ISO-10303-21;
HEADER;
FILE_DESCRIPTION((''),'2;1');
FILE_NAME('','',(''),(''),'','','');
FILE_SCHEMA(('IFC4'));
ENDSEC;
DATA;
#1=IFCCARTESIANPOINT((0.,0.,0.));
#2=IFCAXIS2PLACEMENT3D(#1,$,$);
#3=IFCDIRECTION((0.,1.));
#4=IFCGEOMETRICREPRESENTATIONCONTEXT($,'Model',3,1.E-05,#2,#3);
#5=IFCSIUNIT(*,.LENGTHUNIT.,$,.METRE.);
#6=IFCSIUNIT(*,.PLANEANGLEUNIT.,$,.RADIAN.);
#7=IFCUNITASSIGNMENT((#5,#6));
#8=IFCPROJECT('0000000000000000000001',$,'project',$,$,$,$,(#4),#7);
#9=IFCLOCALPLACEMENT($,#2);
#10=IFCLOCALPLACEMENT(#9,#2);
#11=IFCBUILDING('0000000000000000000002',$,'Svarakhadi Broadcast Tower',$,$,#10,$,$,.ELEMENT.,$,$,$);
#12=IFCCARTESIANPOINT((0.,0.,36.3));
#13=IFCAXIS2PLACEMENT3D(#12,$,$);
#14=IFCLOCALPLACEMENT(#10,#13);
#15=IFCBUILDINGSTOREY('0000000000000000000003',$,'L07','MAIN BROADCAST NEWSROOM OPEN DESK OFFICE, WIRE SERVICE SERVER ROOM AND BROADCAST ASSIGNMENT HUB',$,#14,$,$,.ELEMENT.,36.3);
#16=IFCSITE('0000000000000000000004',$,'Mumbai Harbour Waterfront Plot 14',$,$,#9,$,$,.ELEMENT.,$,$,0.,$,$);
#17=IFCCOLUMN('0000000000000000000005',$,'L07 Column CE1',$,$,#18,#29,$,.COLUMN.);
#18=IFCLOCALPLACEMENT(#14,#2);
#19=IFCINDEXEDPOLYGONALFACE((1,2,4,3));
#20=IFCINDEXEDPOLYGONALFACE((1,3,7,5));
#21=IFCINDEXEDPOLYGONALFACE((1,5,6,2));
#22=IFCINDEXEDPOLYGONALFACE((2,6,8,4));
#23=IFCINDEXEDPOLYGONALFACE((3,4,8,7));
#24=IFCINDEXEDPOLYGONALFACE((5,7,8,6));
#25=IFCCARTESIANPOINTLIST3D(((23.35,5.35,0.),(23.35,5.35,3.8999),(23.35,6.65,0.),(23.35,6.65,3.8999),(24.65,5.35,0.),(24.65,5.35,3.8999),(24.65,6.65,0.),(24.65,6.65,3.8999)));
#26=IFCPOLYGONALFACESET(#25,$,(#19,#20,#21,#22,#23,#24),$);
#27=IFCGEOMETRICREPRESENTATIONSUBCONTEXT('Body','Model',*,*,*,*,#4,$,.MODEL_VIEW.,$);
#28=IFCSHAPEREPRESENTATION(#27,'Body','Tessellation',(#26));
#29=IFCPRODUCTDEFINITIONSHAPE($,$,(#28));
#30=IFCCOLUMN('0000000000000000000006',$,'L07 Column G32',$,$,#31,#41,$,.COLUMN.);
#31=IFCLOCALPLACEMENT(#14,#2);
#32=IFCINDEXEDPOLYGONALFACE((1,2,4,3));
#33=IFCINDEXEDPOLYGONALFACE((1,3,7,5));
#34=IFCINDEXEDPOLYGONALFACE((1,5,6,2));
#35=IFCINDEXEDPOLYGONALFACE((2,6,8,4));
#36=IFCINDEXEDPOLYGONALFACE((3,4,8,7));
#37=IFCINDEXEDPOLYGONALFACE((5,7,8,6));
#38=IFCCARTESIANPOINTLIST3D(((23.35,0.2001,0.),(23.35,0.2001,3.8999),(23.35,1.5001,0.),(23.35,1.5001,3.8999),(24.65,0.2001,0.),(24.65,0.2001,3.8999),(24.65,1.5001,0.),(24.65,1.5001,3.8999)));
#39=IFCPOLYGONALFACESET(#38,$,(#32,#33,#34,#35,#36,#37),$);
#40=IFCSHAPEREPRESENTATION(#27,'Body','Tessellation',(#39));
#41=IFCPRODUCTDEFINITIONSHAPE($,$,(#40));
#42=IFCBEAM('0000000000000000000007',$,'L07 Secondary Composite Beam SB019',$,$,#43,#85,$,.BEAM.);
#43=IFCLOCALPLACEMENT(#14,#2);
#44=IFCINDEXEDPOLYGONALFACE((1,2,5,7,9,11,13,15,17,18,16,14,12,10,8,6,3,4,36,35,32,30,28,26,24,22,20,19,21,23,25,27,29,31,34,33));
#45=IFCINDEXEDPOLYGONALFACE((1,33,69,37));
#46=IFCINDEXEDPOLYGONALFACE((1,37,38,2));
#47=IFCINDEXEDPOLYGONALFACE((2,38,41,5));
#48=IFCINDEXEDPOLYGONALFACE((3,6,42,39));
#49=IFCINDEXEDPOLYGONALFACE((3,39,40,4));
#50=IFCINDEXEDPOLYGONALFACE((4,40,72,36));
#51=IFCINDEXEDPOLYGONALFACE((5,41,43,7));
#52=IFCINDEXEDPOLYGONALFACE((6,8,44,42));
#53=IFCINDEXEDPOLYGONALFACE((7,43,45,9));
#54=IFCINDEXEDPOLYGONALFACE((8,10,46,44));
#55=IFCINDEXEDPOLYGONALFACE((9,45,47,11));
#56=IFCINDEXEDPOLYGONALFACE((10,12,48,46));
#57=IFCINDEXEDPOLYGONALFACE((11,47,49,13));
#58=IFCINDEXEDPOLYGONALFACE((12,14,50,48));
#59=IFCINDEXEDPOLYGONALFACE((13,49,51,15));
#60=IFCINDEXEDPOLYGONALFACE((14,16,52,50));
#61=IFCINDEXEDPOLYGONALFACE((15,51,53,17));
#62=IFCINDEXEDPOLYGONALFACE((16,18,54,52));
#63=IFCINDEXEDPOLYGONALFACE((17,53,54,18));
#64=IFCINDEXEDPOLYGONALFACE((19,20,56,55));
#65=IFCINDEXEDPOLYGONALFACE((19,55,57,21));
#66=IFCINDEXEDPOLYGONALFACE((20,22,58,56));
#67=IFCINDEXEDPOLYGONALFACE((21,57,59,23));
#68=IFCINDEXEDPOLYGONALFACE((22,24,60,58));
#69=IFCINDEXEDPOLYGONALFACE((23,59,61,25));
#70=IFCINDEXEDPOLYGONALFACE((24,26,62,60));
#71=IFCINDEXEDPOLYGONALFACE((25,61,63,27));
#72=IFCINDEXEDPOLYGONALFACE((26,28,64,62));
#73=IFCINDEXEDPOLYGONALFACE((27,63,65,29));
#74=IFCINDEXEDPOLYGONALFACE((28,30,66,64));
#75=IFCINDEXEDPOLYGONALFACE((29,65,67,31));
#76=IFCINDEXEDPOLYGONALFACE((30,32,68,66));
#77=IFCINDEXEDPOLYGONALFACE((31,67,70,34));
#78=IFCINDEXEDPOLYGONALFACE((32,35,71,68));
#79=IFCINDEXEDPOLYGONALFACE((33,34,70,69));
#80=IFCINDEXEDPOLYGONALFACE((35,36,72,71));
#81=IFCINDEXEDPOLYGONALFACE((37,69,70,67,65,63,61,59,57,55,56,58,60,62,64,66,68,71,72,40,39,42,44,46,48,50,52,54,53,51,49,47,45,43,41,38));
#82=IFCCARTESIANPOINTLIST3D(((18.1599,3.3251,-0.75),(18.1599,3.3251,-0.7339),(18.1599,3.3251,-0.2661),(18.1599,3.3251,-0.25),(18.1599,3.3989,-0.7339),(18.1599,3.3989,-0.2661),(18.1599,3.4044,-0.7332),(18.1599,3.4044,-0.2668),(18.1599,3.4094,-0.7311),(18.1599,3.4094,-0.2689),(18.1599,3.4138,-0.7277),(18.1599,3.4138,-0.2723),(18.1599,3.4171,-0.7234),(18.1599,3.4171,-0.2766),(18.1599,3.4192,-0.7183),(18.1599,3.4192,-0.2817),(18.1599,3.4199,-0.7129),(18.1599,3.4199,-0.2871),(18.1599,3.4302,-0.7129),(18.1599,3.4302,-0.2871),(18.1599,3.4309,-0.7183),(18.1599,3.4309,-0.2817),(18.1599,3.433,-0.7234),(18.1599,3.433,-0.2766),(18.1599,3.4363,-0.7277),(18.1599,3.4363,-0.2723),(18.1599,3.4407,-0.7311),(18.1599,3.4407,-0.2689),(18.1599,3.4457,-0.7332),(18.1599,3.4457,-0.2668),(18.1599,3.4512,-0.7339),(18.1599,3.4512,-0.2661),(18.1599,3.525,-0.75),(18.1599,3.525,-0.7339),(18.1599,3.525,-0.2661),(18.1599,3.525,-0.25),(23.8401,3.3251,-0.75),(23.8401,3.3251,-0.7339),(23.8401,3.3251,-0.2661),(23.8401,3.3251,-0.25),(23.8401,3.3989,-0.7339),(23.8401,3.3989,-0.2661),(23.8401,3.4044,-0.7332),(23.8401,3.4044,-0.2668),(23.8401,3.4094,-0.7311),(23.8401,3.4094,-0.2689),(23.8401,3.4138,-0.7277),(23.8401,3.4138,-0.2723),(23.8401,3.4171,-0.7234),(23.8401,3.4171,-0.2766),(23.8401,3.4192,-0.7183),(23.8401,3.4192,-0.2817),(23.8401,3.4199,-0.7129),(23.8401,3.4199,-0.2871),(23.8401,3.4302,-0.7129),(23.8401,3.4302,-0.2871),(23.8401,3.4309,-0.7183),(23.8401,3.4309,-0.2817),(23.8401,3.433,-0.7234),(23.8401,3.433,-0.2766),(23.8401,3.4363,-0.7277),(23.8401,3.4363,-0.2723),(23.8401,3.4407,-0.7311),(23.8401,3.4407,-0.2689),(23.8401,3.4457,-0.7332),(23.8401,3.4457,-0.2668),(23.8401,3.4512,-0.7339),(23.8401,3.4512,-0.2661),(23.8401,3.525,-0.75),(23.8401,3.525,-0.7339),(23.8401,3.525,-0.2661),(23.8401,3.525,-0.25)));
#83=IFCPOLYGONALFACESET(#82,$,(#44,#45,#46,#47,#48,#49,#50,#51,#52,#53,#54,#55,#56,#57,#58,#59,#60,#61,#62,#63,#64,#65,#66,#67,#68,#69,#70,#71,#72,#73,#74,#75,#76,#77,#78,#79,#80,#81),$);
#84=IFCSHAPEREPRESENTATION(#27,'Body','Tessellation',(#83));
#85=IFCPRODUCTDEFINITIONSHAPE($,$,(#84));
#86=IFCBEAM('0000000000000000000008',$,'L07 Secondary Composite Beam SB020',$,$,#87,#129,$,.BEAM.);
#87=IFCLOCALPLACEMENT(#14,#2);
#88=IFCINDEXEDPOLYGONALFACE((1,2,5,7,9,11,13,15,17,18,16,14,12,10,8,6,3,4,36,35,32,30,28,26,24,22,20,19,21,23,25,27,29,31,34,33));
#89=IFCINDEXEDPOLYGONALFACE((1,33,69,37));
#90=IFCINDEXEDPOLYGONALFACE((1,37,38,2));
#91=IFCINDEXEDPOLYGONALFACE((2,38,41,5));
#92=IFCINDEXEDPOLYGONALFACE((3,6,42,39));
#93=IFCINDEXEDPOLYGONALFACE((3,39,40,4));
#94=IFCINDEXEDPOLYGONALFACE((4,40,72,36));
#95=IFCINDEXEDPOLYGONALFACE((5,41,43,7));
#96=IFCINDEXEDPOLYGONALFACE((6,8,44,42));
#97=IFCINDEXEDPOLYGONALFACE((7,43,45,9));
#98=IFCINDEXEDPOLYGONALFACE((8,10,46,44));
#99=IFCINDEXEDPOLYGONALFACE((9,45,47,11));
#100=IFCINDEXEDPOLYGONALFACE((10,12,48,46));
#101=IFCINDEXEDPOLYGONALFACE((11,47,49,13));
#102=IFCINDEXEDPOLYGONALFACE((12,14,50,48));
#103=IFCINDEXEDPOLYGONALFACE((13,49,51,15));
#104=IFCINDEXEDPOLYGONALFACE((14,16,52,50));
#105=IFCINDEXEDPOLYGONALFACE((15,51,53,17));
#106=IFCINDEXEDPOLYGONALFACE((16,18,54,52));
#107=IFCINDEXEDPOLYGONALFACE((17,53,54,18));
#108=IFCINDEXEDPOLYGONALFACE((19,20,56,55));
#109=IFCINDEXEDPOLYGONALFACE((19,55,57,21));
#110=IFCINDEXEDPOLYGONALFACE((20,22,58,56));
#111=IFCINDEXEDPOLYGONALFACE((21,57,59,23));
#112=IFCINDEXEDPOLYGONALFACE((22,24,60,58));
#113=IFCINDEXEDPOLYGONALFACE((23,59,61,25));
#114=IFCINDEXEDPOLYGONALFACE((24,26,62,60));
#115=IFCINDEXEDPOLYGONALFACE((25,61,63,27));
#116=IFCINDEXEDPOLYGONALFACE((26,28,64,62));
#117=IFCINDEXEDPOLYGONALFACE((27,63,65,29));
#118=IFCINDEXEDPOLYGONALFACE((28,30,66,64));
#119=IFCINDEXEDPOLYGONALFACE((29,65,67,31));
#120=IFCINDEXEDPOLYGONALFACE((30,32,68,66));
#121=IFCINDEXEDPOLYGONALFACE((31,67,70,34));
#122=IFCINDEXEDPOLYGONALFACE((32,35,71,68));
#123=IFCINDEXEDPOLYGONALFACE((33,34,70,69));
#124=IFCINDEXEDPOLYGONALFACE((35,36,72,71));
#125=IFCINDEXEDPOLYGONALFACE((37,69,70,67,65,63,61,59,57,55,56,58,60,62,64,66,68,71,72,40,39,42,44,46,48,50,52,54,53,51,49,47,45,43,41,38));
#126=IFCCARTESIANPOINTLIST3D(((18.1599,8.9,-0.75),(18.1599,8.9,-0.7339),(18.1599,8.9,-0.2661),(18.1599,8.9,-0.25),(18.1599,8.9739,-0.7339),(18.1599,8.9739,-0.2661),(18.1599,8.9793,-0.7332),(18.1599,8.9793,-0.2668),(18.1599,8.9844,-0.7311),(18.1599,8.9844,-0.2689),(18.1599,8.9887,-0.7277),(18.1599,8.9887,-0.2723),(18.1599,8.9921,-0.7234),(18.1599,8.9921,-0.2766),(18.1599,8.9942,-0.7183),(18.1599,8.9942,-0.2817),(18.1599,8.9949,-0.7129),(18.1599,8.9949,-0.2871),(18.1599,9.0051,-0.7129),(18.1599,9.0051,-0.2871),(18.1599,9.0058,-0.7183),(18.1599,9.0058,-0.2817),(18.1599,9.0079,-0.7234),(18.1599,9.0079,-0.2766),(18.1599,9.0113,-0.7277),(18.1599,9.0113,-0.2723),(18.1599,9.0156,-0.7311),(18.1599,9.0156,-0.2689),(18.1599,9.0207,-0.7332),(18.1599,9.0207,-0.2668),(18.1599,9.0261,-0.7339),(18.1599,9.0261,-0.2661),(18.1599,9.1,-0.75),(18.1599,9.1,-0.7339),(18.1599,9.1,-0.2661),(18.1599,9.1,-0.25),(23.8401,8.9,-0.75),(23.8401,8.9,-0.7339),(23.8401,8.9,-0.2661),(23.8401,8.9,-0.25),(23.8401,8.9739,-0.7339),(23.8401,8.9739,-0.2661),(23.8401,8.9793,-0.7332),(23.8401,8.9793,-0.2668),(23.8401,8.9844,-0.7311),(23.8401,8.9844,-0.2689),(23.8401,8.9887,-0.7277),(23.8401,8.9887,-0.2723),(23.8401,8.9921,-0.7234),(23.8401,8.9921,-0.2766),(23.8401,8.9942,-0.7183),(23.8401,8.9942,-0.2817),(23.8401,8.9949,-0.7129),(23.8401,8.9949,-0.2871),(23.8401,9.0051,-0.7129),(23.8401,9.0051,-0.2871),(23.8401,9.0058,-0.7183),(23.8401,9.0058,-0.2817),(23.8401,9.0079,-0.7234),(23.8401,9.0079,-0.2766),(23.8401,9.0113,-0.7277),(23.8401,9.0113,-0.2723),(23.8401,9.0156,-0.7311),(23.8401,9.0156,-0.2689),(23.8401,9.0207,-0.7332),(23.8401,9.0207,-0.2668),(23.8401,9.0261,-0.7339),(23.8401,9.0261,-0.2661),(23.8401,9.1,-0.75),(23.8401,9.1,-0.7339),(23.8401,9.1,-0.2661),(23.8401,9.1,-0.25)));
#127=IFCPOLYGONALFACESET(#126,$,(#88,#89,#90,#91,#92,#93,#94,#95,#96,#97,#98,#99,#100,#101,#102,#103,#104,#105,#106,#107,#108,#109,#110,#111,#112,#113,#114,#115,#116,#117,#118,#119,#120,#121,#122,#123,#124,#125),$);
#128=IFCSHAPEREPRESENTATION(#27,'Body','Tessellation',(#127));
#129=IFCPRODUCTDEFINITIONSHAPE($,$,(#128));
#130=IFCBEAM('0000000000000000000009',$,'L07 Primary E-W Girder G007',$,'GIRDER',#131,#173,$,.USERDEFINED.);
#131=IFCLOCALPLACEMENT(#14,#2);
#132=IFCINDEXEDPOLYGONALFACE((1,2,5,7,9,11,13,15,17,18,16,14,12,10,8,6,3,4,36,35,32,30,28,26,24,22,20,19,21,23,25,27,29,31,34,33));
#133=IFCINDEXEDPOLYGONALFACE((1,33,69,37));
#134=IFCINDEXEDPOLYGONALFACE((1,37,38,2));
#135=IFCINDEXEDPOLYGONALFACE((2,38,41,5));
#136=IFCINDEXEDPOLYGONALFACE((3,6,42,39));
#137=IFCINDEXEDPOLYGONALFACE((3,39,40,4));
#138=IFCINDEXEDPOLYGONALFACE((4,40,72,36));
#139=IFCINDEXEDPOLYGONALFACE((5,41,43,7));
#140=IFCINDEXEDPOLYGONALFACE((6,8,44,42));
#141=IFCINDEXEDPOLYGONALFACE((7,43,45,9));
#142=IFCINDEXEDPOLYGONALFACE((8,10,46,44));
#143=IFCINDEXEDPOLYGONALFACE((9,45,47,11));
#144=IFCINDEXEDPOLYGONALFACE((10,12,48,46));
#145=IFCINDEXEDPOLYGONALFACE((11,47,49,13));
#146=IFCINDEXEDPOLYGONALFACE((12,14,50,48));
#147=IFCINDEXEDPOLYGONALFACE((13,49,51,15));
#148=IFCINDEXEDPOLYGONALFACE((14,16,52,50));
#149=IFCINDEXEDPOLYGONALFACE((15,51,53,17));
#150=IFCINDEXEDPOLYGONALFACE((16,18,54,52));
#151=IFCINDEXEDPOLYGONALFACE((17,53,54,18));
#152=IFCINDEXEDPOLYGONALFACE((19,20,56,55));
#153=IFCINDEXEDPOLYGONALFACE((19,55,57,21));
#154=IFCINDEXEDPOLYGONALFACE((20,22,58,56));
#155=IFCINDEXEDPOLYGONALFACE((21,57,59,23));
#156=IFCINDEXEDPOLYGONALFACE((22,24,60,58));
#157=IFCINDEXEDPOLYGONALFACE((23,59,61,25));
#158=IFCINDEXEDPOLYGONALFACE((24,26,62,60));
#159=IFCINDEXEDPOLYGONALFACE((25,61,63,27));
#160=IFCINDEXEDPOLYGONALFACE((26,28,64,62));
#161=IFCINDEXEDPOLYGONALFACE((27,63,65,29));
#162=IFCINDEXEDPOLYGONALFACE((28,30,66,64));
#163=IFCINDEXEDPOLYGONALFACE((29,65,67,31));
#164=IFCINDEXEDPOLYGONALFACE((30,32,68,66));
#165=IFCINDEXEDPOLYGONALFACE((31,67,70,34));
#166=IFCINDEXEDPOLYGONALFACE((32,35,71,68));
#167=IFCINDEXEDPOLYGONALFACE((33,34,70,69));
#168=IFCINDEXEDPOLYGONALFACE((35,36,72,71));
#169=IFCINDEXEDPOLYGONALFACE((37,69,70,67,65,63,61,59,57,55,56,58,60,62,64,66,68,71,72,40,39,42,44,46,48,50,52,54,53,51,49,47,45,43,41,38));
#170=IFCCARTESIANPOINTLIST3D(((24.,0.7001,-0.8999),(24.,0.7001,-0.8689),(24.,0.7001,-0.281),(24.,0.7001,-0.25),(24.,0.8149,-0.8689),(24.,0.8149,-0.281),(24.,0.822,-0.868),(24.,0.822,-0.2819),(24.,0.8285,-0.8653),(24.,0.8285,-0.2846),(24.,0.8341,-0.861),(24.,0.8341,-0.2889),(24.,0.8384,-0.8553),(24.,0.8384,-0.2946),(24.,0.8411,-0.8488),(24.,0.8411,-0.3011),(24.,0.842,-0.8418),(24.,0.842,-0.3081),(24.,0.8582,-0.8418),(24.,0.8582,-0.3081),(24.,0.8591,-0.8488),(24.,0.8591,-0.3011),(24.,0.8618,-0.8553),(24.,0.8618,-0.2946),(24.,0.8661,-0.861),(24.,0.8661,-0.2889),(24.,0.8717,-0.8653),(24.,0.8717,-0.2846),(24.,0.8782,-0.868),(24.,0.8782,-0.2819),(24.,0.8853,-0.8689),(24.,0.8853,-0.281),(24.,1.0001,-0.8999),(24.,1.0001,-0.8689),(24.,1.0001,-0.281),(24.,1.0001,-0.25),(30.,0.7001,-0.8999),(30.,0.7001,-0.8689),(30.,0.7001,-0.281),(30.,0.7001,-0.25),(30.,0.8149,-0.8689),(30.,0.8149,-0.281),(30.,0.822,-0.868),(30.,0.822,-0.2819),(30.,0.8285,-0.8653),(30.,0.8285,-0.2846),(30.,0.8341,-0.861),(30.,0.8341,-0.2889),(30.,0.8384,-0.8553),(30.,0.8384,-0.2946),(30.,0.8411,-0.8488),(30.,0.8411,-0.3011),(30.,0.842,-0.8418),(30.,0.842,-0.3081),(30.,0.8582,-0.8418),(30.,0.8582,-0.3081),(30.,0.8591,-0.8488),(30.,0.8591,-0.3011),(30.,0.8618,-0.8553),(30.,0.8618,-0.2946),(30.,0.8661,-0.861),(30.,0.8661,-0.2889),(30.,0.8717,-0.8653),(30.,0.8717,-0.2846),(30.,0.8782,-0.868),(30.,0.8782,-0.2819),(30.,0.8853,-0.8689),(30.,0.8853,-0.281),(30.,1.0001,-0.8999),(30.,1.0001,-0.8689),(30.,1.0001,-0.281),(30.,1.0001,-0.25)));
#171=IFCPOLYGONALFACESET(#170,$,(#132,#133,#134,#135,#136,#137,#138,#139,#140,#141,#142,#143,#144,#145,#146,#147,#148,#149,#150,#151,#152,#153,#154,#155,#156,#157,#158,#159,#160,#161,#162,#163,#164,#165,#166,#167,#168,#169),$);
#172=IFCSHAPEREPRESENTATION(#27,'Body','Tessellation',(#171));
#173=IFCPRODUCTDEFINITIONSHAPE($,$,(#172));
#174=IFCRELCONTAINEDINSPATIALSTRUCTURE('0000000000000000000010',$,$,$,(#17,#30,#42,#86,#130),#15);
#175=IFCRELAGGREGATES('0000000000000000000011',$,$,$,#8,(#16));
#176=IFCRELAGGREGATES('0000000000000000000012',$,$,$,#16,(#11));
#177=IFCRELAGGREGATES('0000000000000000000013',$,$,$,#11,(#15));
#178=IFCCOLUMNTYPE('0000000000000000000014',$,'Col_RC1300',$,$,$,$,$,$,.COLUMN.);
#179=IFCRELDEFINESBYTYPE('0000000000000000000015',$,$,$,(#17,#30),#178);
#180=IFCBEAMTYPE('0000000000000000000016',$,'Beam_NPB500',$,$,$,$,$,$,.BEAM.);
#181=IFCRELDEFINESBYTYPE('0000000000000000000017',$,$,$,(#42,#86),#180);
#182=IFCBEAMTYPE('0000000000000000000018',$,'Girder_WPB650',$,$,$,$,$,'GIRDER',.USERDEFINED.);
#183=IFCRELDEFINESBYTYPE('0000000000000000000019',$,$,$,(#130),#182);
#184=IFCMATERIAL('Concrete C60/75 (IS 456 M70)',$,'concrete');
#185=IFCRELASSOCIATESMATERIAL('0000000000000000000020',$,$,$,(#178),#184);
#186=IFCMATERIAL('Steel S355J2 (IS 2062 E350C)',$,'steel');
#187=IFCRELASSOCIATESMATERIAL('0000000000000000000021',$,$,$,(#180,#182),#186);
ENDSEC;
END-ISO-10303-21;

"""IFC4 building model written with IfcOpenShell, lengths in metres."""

from ifc_helpers import new_model, si_unit, direction, frame, origin, origin_2d, place, context, subcontext, project, spatial, rectangle, i_section, extrude, material, material_profile, profile_set, type_object, element, save


model = new_model("IFC4")

# Units and contexts
model_context = context("Model", 3, precision=1e-05, world=origin(), true_north=direction((0.0, 1.0)))
body_context = subcontext(model_context, "Body", "Model", "MODEL_VIEW")
ifc_project = project(units=[si_unit("LENGTHUNIT", "METRE"), si_unit("PLANEANGLEUNIT", "RADIAN")], contexts=[model_context])

# Site, building, storey
site_placement = place(None, origin())
site = spatial("IfcSite", under=ifc_project, at=site_placement, Name="Mumbai Harbour Waterfront Plot 14", CompositionType="ELEMENT", RefElevation=0.0)
building_placement = place(site_placement, origin())
building = spatial("IfcBuilding", under=site, at=building_placement, Name="Svarakhadi Broadcast Tower", CompositionType="ELEMENT")
storey_placement = place(building_placement, frame((0.0, 0.0, 36.3)))
storey = spatial("IfcBuildingStorey", under=building, at=storey_placement, Name="L07", Description="MAIN BROADCAST NEWSROOM OPEN DESK OFFICE, WIRE SERVICE SERVER ROOM AND BROADCAST ASSIGNMENT HUB", CompositionType="ELEMENT", Elevation=36.3)

# Columns
ifc_material_1 = material(Name="Concrete C60/75 (IS 456 M70)", Category="concrete")
ifc_material_profile_1 = material_profile(ifc_material_1, rectangle(XDim=1.3, YDim=1.3, at=origin_2d()), Name="RC 1300x1300")
ifc_profile_set_1 = profile_set([ifc_material_profile_1], Name="Concrete C60/75 (IS 456 M70)")
column_type = type_object("IfcColumnType", Name="Col_RC1300", PredefinedType="COLUMN", material=ifc_profile_set_1)
for number, where, z_axis, x_axis, name in (
    (1, (24.0, 6.0, 0.0), (0.0, 0.0, 1.0), (1.0, 0.0, 0.0), "L07 Column CE1"),
    (2, (24.0, 0.8501, 0.0), (0.0, 0.0, 1.0), (1.0, 0.0, 0.0), "L07 Column G32"),
):
    element("IfcColumn", number, at=place(storey_placement, frame(where, z_axis=z_axis, x_axis=x_axis)), inside=storey, type_object=column_type, Name=name, PredefinedType="COLUMN", context=body_context, shape_type="SweptSolid", body=[
        extrude(rectangle(XDim=1.3, YDim=1.3, at=origin_2d()), origin(), (0.0, 0.0, 1.0), 3.8999),
    ])

# Beams
ifc_material_2 = material(Name="Steel S355J2 (IS 2062 E350C)", Category="steel")
ifc_material_profile_2 = material_profile(ifc_material_2, i_section(OverallWidth=0.2, OverallDepth=0.5, WebThickness=0.0103, FlangeThickness=0.0161, FilletRadius=0.021, at=origin_2d()), Name="NPB 500x200x91")
ifc_profile_set_2 = profile_set([ifc_material_profile_2], Name="Steel S355J2 (IS 2062 E350C)")
beam_type_1 = type_object("IfcBeamType", Name="Beam_NPB500", PredefinedType="BEAM", material=ifc_profile_set_2)
for number, where, z_axis, x_axis, name in (
    (3, (18.1599, 3.425, -0.5), (1.0, 0.0, 0.0), (0.0, 1.0, 0.0), "L07 Secondary Composite Beam SB019"),
    (4, (18.1599, 9.0, -0.5), (1.0, 0.0, 0.0), (0.0, 1.0, 0.0), "L07 Secondary Composite Beam SB020"),
):
    element("IfcBeam", number, at=place(storey_placement, frame(where, z_axis=z_axis, x_axis=x_axis)), inside=storey, type_object=beam_type_1, Name=name, PredefinedType="BEAM", context=body_context, shape_type="SweptSolid", body=[
        extrude(i_section(OverallWidth=0.2, OverallDepth=0.5, WebThickness=0.0103, FlangeThickness=0.0161, FilletRadius=0.021, at=origin_2d()), origin(), (0.0, 0.0, 1.0), 5.6802),
    ])
ifc_material_profile_3 = material_profile(ifc_material_2, i_section(OverallWidth=0.3, OverallDepth=0.6499, WebThickness=0.0161, FlangeThickness=0.031, FilletRadius=0.0271, at=origin_2d()), Name="WPB 650x300x225")
ifc_profile_set_3 = profile_set([ifc_material_profile_3], Name="Steel S355J2 (IS 2062 E350C)")
beam_type_2 = type_object("IfcBeamType", Name="Girder_WPB650", ElementType="GIRDER", PredefinedType="USERDEFINED", material=ifc_profile_set_3)
beam_1_placement = place(storey_placement, frame((24.0, 0.8501, -0.575), z_axis=(1.0, 0.0, 0.0), x_axis=(0.0, 1.0, 0.0)))
element("IfcBeam", 5, at=beam_1_placement, inside=storey, type_object=beam_type_2, Name="L07 Primary E-W Girder G007", ObjectType="GIRDER", PredefinedType="USERDEFINED", context=body_context, shape_type="SweptSolid", body=[
    extrude(i_section(OverallWidth=0.3, OverallDepth=0.6499, WebThickness=0.0161, FlangeThickness=0.031, FilletRadius=0.0271, at=origin_2d()), origin(), (0.0, 0.0, 1.0), 6.0),
])

save(model, "model.ifc")
